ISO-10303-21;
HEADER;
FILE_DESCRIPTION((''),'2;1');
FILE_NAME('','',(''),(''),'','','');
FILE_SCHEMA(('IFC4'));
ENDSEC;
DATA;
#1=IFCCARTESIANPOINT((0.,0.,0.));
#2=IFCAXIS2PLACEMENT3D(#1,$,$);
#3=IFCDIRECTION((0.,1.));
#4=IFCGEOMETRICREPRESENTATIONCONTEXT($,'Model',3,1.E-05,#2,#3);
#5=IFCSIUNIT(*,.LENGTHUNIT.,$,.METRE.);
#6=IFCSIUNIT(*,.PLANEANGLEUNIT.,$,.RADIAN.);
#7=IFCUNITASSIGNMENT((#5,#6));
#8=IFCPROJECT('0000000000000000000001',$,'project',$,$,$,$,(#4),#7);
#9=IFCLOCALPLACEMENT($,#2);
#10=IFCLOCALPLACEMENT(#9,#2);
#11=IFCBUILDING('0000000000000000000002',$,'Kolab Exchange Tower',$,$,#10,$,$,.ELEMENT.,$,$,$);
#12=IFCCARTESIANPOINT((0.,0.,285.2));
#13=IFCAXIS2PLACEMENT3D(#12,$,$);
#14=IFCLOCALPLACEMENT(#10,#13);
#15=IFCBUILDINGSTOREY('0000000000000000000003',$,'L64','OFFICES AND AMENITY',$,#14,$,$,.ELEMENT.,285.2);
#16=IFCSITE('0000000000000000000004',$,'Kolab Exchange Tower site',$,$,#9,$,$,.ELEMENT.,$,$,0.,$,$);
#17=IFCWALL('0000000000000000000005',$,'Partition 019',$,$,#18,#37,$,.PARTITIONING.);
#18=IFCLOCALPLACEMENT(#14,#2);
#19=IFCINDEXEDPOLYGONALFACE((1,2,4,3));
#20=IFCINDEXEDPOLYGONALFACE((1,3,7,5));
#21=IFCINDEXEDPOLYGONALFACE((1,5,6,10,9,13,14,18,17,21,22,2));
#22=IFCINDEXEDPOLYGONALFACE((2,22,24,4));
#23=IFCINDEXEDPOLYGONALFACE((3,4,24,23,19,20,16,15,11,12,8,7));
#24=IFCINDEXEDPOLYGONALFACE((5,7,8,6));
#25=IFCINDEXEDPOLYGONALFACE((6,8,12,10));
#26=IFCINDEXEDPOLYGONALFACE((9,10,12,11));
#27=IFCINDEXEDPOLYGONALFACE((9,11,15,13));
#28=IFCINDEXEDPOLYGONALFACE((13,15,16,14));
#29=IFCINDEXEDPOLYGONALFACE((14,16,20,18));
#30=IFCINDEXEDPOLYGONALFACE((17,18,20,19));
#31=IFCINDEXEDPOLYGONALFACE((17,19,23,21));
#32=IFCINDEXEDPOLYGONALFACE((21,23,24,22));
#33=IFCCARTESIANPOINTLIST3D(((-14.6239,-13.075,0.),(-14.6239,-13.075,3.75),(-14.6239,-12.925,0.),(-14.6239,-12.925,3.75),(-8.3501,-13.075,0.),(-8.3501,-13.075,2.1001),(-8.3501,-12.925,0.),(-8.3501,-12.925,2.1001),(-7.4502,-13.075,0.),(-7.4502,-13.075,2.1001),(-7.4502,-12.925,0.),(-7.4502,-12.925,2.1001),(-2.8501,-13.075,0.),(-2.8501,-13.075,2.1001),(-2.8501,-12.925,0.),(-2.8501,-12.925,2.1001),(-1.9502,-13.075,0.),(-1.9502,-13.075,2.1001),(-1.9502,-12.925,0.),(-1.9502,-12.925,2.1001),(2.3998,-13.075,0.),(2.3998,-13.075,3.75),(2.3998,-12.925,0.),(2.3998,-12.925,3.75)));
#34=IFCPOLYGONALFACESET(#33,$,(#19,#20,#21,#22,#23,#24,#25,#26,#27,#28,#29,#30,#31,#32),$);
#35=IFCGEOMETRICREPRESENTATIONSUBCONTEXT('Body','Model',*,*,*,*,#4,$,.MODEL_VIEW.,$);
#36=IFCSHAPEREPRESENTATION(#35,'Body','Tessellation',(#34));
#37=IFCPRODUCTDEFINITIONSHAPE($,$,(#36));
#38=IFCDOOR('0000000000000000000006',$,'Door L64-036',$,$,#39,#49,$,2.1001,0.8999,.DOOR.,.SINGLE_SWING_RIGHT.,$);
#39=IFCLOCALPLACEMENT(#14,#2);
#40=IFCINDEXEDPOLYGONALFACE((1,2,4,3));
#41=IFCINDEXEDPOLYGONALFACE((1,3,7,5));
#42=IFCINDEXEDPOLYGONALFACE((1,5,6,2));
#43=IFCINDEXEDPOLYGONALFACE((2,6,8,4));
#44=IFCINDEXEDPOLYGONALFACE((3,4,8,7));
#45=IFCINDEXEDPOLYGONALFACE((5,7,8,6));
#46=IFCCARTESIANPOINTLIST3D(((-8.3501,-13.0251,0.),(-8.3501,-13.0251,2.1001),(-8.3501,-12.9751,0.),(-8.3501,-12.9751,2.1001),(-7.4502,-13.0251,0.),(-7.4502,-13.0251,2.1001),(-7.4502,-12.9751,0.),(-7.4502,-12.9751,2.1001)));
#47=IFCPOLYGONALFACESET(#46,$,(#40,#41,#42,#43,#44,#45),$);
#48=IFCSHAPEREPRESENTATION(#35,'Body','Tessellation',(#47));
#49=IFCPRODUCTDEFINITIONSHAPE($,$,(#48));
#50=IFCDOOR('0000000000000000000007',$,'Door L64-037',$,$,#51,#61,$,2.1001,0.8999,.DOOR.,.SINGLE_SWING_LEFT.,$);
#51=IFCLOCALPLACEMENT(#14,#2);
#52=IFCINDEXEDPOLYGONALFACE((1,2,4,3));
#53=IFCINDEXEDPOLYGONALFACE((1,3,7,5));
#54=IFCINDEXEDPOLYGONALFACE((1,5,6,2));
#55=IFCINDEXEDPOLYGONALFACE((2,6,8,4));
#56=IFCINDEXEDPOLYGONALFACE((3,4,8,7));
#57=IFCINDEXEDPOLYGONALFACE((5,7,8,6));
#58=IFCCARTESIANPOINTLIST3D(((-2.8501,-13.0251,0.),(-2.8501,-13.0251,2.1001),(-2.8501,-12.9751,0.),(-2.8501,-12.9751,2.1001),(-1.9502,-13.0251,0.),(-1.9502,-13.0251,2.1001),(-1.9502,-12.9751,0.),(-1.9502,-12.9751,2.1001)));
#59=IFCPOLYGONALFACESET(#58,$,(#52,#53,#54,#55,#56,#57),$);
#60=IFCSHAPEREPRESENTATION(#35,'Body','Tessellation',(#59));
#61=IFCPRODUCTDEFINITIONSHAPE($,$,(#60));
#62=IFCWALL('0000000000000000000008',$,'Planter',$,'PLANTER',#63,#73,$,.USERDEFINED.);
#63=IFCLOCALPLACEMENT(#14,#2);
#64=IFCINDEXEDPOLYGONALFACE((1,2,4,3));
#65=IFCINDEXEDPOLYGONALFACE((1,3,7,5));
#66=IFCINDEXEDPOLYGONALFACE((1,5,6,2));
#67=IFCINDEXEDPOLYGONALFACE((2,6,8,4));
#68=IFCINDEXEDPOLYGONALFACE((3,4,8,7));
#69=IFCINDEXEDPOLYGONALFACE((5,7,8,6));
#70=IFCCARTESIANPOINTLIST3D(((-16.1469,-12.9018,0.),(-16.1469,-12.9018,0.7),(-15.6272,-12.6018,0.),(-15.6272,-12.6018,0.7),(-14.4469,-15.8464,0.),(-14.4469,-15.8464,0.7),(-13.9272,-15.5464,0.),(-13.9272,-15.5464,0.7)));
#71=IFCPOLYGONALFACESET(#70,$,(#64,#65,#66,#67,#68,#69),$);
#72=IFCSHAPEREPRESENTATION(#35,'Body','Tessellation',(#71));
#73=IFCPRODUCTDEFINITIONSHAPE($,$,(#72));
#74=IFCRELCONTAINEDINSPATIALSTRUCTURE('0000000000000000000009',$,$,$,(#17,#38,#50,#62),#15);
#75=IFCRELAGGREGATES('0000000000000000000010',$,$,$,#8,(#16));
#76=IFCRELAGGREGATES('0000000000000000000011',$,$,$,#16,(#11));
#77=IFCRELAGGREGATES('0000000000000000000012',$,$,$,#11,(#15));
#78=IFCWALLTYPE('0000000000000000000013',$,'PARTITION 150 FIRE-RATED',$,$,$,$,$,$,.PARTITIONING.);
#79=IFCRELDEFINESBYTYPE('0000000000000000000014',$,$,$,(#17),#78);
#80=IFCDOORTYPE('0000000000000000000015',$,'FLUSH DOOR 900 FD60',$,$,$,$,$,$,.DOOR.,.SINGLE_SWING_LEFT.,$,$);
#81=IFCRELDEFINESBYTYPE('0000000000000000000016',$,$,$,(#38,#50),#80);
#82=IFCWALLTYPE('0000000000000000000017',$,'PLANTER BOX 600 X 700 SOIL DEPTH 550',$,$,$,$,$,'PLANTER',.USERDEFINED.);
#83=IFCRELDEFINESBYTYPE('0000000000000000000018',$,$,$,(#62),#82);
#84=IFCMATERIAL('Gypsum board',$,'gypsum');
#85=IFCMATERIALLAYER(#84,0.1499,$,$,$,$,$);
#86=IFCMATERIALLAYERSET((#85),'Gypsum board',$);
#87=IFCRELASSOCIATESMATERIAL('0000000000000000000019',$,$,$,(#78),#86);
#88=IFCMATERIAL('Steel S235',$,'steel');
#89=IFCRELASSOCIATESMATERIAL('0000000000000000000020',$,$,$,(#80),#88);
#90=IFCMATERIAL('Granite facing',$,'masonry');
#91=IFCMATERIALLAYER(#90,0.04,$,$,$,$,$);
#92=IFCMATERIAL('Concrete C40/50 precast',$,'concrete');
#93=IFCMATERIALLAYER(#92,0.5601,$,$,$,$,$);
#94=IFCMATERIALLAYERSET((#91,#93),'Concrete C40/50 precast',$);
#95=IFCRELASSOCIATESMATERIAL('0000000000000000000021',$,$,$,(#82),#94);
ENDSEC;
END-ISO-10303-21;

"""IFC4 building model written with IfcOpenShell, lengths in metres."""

from ifc_helpers import new_model, si_unit, direction, frame, frame_2d, origin, place, context, subcontext, project, spatial, rectangle, extrude, material, layer, layer_set, type_object, element, fill, save


model = new_model("IFC4")

# Units and contexts
model_context = context("Model", 3, precision=1e-05, world=origin(), true_north=direction((0.0, 1.0)))
body_context = subcontext(model_context, "Body", "Model", "MODEL_VIEW")
ifc_project = project(units=[si_unit("LENGTHUNIT", "METRE"), si_unit("PLANEANGLEUNIT", "RADIAN")], contexts=[model_context])

# Site, building, storey
site_placement = place(None, origin())
site = spatial("IfcSite", under=ifc_project, at=site_placement, Name="Kolab Exchange Tower site", CompositionType="ELEMENT", RefElevation=0.0)
building_placement = place(site_placement, origin())
building = spatial("IfcBuilding", under=site, at=building_placement, Name="Kolab Exchange Tower", CompositionType="ELEMENT")
storey_placement = place(building_placement, frame((0.0, 0.0, 285.2)))
storey = spatial("IfcBuildingStorey", under=building, at=storey_placement, Name="L64", Description="OFFICES AND AMENITY", CompositionType="ELEMENT", Elevation=285.2)

# Shared definitions
ifc_material_1 = material(Name="Gypsum board", Category="gypsum")

# Wall, openings, doors
ifc_layer_1 = layer(ifc_material_1, 0.1499)
ifc_layer_set_1 = layer_set([ifc_layer_1], Name="Gypsum board")
wall_type_1 = type_object("IfcWallType", Name="PARTITION 150 FIRE-RATED", PredefinedType="PARTITIONING", material=ifc_layer_set_1)
ifc_material_2 = material(Name="Steel S235", Category="steel")
wall_1_placement = place(storey_placement, frame((-14.6238, -13.0, 0.0), z_axis=(0.0, 0.0, 1.0), x_axis=(1.0, 0.0, 0.0)))
wall_1 = element("IfcWall", 1, at=wall_1_placement, inside=storey, type_object=wall_type_1, Name="Partition 019", PredefinedType="PARTITIONING", context=body_context, shape_type="SweptSolid", body=[
    extrude(rectangle(XDim=17.0237, YDim=0.1499, at=frame_2d((8.5117, 0.0))), origin(), (0.0, 0.0, 1.0), 3.75),
])
opening_1_placement = place(wall_1_placement, frame((6.2737, 0.0, 0.0)))
opening_1 = element("IfcOpeningElement", 2, at=opening_1_placement, cuts=wall_1, PredefinedType="OPENING", context=body_context, shape_type="SweptSolid", body=[
    extrude(rectangle(XDim=0.8999, YDim=2.1001, at=frame_2d((0.45, 1.05))), frame((0.0, 0.085, 0.0), z_axis=(0.0, -1.0, 0.0), x_axis=(1.0, 0.0, 0.0)), (0.0, 0.0, 1.0), 0.1699),
])
opening_2_placement = place(wall_1_placement, frame((11.7737, 0.0, 0.0)))
opening_2 = element("IfcOpeningElement", 3, at=opening_2_placement, cuts=wall_1, PredefinedType="OPENING", context=body_context, shape_type="SweptSolid", body=[
    extrude(rectangle(XDim=0.8999, YDim=2.1001, at=frame_2d((0.45, 1.05))), frame((0.0, 0.085, 0.0), z_axis=(0.0, -1.0, 0.0), x_axis=(1.0, 0.0, 0.0)), (0.0, 0.0, 1.0), 0.1699),
])
door_type_1 = type_object("IfcDoorType", Name="FLUSH DOOR 900 FD60", OperationType="SINGLE_SWING_LEFT", PredefinedType="DOOR", material=ifc_material_2)
door_1_placement = place(opening_1_placement, origin())
door_1 = element("IfcDoor", 4, at=door_1_placement, inside=storey, type_object=door_type_1, Name="Door L64-036", OperationType="SINGLE_SWING_RIGHT", OverallHeight=2.1001, OverallWidth=0.8999, PredefinedType="DOOR", context=body_context, shape_type="SweptSolid", body=[
    extrude(rectangle(XDim=0.8999, YDim=2.1001, at=frame_2d((0.45, 1.05))), frame((0.0, 0.0249, 0.0), z_axis=(0.0, -1.0, 0.0), x_axis=(1.0, 0.0, 0.0)), (0.0, 0.0, 1.0), 0.05),
])
fill(opening_1, door_1)
door_2_placement = place(opening_2_placement, origin())
door_2 = element("IfcDoor", 5, at=door_2_placement, inside=storey, type_object=door_type_1, Name="Door L64-037", OperationType="SINGLE_SWING_LEFT", OverallHeight=2.1001, OverallWidth=0.8999, PredefinedType="DOOR", context=body_context, shape_type="SweptSolid", body=[
    extrude(rectangle(XDim=0.8999, YDim=2.1001, at=frame_2d((0.45, 1.05))), frame((0.0, 0.0249, 0.0), z_axis=(0.0, -1.0, 0.0), x_axis=(1.0, 0.0, 0.0)), (0.0, 0.0, 1.0), 0.05),
])
fill(opening_2, door_2)

# Wall
ifc_material_3 = material(Name="Granite facing", Category="masonry")
ifc_layer_2 = layer(ifc_material_3, 0.04)
ifc_material_4 = material(Name="Concrete C40/50 precast", Category="concrete")
ifc_layer_3 = layer(ifc_material_4, 0.5601)
ifc_layer_set_2 = layer_set([ifc_layer_2, ifc_layer_3], Name="Concrete C40/50 precast")
wall_type_2 = type_object("IfcWallType", Name="PLANTER BOX 600 X 700 SOIL DEPTH 550", ElementType="PLANTER", PredefinedType="USERDEFINED", material=ifc_layer_set_2)
wall_2_placement = place(storey_placement, frame((-14.187, -15.6965, 0.0), z_axis=(0.0, 0.0, 1.0), x_axis=(-0.499977, 0.866039, 0.0)))
element("IfcWall", 6, at=wall_2_placement, inside=storey, type_object=wall_type_2, Name="Planter", ObjectType="PLANTER", PredefinedType="USERDEFINED", context=body_context, shape_type="SweptSolid", body=[
    extrude(rectangle(XDim=3.4001, YDim=0.6001, at=frame_2d((1.7002, 0.0))), origin(), (0.0, 0.0, 1.0), 0.7),
])

save(model, "model.ifc")
